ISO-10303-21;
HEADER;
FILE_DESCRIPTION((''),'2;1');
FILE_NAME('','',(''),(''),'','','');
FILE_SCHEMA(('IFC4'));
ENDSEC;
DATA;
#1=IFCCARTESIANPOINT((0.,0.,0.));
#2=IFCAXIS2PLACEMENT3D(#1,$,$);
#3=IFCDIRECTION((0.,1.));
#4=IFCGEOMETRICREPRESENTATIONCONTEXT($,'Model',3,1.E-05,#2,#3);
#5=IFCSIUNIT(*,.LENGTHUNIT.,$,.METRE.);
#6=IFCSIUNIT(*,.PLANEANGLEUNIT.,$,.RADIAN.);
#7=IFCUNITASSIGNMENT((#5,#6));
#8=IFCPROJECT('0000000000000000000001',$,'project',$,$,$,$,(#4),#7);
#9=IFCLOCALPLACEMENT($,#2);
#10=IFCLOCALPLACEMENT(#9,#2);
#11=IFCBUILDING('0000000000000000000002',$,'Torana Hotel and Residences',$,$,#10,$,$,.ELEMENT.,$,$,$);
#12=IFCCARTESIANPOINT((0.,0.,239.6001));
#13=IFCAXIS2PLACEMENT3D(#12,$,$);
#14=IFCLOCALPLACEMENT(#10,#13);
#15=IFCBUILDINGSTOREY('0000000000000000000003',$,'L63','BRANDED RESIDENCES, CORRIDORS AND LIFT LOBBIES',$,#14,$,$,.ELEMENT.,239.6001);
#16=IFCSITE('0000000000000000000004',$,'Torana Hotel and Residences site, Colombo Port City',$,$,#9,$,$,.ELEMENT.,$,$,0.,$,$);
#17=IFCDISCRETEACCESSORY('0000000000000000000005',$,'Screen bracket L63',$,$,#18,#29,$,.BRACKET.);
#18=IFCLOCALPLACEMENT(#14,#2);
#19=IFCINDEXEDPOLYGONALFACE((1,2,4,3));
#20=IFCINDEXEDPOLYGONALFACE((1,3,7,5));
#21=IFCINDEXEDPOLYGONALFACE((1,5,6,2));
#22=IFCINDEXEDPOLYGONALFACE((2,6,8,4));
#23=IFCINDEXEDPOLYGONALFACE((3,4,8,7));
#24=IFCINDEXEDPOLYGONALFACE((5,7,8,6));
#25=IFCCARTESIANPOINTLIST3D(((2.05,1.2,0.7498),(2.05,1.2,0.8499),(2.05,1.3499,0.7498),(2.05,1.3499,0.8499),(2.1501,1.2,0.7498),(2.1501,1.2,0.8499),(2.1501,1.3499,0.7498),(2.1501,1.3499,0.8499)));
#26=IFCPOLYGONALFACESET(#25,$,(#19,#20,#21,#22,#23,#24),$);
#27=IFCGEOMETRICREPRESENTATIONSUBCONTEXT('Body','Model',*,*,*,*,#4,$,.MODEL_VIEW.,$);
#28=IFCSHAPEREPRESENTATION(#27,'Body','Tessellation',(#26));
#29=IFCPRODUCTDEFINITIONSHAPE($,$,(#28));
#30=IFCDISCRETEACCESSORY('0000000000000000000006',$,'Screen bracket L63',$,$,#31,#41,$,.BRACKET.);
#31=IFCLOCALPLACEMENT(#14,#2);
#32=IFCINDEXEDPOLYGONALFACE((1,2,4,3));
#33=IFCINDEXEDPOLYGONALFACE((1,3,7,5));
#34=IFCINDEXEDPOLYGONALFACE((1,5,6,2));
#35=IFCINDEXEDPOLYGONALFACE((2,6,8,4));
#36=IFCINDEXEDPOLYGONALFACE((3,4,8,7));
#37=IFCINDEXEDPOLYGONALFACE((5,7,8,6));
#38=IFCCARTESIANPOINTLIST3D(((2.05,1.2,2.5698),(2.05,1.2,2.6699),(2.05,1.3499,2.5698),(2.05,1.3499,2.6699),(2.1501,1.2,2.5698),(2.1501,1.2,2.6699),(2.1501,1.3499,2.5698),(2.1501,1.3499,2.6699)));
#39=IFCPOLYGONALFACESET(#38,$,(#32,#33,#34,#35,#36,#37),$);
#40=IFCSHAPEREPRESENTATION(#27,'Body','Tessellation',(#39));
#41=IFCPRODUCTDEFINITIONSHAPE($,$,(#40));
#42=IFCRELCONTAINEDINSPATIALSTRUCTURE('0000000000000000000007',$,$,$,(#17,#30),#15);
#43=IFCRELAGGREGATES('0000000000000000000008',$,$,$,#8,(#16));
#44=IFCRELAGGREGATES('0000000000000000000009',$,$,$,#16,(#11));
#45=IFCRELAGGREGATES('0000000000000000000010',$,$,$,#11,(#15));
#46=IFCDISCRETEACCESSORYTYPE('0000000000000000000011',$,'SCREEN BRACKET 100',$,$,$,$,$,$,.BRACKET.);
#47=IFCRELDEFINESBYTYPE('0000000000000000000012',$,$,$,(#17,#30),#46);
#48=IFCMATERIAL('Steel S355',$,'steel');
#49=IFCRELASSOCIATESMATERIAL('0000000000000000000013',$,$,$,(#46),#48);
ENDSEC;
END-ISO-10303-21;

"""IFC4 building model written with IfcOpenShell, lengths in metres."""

from ifc_helpers import new_model, si_unit, direction, frame, origin, origin_2d, place, context, subcontext, project, spatial, rectangle, extrude, material, type_object, element, save


model = new_model("IFC4")

# Units and contexts
model_context = context("Model", 3, precision=1e-05, world=origin(), true_north=direction((0.0, 1.0)))
body_context = subcontext(model_context, "Body", "Model", "MODEL_VIEW")
ifc_project = project(units=[si_unit("LENGTHUNIT", "METRE"), si_unit("PLANEANGLEUNIT", "RADIAN")], contexts=[model_context])

# Site, building, storey
site_placement = place(None, origin())
site = spatial("IfcSite", under=ifc_project, at=site_placement, Name="Torana Hotel and Residences site, Colombo Port City", CompositionType="ELEMENT", RefElevation=0.0)
building_placement = place(site_placement, origin())
building = spatial("IfcBuilding", under=site, at=building_placement, Name="Torana Hotel and Residences", CompositionType="ELEMENT")
storey_placement = place(building_placement, frame((0.0, 0.0, 239.6001)))
storey = spatial("IfcBuildingStorey", under=building, at=storey_placement, Name="L63", Description="BRANDED RESIDENCES, CORRIDORS AND LIFT LOBBIES", CompositionType="ELEMENT", Elevation=239.6001)

# Discrete accessories
ifc_material_1 = material(Name="Steel S355", Category="steel")
discrete_accessory_type = type_object("IfcDiscreteAccessoryType", Name="SCREEN BRACKET 100", PredefinedType="BRACKET", material=ifc_material_1)
for number, where, z_axis, x_axis, name in (
    (1, (2.1001, 1.2749, 0.7498), (0.0, 0.0, 1.0), (-1.0, 0.0, 0.0), "Screen bracket L63"),
    (2, (2.1001, 1.2749, 2.5698), (0.0, 0.0, 1.0), (-1.0, 0.0, 0.0), "Screen bracket L63"),
):
    element("IfcDiscreteAccessory", number, at=place(storey_placement, frame(where, z_axis=z_axis, x_axis=x_axis)), inside=storey, type_object=discrete_accessory_type, Name=name, PredefinedType="BRACKET", context=body_context, shape_type="SweptSolid", body=[
        extrude(rectangle(XDim=0.1001, YDim=0.1499, at=origin_2d()), origin(), (0.0, 0.0, 1.0), 0.1001),
    ])

save(model, "model.ifc")
